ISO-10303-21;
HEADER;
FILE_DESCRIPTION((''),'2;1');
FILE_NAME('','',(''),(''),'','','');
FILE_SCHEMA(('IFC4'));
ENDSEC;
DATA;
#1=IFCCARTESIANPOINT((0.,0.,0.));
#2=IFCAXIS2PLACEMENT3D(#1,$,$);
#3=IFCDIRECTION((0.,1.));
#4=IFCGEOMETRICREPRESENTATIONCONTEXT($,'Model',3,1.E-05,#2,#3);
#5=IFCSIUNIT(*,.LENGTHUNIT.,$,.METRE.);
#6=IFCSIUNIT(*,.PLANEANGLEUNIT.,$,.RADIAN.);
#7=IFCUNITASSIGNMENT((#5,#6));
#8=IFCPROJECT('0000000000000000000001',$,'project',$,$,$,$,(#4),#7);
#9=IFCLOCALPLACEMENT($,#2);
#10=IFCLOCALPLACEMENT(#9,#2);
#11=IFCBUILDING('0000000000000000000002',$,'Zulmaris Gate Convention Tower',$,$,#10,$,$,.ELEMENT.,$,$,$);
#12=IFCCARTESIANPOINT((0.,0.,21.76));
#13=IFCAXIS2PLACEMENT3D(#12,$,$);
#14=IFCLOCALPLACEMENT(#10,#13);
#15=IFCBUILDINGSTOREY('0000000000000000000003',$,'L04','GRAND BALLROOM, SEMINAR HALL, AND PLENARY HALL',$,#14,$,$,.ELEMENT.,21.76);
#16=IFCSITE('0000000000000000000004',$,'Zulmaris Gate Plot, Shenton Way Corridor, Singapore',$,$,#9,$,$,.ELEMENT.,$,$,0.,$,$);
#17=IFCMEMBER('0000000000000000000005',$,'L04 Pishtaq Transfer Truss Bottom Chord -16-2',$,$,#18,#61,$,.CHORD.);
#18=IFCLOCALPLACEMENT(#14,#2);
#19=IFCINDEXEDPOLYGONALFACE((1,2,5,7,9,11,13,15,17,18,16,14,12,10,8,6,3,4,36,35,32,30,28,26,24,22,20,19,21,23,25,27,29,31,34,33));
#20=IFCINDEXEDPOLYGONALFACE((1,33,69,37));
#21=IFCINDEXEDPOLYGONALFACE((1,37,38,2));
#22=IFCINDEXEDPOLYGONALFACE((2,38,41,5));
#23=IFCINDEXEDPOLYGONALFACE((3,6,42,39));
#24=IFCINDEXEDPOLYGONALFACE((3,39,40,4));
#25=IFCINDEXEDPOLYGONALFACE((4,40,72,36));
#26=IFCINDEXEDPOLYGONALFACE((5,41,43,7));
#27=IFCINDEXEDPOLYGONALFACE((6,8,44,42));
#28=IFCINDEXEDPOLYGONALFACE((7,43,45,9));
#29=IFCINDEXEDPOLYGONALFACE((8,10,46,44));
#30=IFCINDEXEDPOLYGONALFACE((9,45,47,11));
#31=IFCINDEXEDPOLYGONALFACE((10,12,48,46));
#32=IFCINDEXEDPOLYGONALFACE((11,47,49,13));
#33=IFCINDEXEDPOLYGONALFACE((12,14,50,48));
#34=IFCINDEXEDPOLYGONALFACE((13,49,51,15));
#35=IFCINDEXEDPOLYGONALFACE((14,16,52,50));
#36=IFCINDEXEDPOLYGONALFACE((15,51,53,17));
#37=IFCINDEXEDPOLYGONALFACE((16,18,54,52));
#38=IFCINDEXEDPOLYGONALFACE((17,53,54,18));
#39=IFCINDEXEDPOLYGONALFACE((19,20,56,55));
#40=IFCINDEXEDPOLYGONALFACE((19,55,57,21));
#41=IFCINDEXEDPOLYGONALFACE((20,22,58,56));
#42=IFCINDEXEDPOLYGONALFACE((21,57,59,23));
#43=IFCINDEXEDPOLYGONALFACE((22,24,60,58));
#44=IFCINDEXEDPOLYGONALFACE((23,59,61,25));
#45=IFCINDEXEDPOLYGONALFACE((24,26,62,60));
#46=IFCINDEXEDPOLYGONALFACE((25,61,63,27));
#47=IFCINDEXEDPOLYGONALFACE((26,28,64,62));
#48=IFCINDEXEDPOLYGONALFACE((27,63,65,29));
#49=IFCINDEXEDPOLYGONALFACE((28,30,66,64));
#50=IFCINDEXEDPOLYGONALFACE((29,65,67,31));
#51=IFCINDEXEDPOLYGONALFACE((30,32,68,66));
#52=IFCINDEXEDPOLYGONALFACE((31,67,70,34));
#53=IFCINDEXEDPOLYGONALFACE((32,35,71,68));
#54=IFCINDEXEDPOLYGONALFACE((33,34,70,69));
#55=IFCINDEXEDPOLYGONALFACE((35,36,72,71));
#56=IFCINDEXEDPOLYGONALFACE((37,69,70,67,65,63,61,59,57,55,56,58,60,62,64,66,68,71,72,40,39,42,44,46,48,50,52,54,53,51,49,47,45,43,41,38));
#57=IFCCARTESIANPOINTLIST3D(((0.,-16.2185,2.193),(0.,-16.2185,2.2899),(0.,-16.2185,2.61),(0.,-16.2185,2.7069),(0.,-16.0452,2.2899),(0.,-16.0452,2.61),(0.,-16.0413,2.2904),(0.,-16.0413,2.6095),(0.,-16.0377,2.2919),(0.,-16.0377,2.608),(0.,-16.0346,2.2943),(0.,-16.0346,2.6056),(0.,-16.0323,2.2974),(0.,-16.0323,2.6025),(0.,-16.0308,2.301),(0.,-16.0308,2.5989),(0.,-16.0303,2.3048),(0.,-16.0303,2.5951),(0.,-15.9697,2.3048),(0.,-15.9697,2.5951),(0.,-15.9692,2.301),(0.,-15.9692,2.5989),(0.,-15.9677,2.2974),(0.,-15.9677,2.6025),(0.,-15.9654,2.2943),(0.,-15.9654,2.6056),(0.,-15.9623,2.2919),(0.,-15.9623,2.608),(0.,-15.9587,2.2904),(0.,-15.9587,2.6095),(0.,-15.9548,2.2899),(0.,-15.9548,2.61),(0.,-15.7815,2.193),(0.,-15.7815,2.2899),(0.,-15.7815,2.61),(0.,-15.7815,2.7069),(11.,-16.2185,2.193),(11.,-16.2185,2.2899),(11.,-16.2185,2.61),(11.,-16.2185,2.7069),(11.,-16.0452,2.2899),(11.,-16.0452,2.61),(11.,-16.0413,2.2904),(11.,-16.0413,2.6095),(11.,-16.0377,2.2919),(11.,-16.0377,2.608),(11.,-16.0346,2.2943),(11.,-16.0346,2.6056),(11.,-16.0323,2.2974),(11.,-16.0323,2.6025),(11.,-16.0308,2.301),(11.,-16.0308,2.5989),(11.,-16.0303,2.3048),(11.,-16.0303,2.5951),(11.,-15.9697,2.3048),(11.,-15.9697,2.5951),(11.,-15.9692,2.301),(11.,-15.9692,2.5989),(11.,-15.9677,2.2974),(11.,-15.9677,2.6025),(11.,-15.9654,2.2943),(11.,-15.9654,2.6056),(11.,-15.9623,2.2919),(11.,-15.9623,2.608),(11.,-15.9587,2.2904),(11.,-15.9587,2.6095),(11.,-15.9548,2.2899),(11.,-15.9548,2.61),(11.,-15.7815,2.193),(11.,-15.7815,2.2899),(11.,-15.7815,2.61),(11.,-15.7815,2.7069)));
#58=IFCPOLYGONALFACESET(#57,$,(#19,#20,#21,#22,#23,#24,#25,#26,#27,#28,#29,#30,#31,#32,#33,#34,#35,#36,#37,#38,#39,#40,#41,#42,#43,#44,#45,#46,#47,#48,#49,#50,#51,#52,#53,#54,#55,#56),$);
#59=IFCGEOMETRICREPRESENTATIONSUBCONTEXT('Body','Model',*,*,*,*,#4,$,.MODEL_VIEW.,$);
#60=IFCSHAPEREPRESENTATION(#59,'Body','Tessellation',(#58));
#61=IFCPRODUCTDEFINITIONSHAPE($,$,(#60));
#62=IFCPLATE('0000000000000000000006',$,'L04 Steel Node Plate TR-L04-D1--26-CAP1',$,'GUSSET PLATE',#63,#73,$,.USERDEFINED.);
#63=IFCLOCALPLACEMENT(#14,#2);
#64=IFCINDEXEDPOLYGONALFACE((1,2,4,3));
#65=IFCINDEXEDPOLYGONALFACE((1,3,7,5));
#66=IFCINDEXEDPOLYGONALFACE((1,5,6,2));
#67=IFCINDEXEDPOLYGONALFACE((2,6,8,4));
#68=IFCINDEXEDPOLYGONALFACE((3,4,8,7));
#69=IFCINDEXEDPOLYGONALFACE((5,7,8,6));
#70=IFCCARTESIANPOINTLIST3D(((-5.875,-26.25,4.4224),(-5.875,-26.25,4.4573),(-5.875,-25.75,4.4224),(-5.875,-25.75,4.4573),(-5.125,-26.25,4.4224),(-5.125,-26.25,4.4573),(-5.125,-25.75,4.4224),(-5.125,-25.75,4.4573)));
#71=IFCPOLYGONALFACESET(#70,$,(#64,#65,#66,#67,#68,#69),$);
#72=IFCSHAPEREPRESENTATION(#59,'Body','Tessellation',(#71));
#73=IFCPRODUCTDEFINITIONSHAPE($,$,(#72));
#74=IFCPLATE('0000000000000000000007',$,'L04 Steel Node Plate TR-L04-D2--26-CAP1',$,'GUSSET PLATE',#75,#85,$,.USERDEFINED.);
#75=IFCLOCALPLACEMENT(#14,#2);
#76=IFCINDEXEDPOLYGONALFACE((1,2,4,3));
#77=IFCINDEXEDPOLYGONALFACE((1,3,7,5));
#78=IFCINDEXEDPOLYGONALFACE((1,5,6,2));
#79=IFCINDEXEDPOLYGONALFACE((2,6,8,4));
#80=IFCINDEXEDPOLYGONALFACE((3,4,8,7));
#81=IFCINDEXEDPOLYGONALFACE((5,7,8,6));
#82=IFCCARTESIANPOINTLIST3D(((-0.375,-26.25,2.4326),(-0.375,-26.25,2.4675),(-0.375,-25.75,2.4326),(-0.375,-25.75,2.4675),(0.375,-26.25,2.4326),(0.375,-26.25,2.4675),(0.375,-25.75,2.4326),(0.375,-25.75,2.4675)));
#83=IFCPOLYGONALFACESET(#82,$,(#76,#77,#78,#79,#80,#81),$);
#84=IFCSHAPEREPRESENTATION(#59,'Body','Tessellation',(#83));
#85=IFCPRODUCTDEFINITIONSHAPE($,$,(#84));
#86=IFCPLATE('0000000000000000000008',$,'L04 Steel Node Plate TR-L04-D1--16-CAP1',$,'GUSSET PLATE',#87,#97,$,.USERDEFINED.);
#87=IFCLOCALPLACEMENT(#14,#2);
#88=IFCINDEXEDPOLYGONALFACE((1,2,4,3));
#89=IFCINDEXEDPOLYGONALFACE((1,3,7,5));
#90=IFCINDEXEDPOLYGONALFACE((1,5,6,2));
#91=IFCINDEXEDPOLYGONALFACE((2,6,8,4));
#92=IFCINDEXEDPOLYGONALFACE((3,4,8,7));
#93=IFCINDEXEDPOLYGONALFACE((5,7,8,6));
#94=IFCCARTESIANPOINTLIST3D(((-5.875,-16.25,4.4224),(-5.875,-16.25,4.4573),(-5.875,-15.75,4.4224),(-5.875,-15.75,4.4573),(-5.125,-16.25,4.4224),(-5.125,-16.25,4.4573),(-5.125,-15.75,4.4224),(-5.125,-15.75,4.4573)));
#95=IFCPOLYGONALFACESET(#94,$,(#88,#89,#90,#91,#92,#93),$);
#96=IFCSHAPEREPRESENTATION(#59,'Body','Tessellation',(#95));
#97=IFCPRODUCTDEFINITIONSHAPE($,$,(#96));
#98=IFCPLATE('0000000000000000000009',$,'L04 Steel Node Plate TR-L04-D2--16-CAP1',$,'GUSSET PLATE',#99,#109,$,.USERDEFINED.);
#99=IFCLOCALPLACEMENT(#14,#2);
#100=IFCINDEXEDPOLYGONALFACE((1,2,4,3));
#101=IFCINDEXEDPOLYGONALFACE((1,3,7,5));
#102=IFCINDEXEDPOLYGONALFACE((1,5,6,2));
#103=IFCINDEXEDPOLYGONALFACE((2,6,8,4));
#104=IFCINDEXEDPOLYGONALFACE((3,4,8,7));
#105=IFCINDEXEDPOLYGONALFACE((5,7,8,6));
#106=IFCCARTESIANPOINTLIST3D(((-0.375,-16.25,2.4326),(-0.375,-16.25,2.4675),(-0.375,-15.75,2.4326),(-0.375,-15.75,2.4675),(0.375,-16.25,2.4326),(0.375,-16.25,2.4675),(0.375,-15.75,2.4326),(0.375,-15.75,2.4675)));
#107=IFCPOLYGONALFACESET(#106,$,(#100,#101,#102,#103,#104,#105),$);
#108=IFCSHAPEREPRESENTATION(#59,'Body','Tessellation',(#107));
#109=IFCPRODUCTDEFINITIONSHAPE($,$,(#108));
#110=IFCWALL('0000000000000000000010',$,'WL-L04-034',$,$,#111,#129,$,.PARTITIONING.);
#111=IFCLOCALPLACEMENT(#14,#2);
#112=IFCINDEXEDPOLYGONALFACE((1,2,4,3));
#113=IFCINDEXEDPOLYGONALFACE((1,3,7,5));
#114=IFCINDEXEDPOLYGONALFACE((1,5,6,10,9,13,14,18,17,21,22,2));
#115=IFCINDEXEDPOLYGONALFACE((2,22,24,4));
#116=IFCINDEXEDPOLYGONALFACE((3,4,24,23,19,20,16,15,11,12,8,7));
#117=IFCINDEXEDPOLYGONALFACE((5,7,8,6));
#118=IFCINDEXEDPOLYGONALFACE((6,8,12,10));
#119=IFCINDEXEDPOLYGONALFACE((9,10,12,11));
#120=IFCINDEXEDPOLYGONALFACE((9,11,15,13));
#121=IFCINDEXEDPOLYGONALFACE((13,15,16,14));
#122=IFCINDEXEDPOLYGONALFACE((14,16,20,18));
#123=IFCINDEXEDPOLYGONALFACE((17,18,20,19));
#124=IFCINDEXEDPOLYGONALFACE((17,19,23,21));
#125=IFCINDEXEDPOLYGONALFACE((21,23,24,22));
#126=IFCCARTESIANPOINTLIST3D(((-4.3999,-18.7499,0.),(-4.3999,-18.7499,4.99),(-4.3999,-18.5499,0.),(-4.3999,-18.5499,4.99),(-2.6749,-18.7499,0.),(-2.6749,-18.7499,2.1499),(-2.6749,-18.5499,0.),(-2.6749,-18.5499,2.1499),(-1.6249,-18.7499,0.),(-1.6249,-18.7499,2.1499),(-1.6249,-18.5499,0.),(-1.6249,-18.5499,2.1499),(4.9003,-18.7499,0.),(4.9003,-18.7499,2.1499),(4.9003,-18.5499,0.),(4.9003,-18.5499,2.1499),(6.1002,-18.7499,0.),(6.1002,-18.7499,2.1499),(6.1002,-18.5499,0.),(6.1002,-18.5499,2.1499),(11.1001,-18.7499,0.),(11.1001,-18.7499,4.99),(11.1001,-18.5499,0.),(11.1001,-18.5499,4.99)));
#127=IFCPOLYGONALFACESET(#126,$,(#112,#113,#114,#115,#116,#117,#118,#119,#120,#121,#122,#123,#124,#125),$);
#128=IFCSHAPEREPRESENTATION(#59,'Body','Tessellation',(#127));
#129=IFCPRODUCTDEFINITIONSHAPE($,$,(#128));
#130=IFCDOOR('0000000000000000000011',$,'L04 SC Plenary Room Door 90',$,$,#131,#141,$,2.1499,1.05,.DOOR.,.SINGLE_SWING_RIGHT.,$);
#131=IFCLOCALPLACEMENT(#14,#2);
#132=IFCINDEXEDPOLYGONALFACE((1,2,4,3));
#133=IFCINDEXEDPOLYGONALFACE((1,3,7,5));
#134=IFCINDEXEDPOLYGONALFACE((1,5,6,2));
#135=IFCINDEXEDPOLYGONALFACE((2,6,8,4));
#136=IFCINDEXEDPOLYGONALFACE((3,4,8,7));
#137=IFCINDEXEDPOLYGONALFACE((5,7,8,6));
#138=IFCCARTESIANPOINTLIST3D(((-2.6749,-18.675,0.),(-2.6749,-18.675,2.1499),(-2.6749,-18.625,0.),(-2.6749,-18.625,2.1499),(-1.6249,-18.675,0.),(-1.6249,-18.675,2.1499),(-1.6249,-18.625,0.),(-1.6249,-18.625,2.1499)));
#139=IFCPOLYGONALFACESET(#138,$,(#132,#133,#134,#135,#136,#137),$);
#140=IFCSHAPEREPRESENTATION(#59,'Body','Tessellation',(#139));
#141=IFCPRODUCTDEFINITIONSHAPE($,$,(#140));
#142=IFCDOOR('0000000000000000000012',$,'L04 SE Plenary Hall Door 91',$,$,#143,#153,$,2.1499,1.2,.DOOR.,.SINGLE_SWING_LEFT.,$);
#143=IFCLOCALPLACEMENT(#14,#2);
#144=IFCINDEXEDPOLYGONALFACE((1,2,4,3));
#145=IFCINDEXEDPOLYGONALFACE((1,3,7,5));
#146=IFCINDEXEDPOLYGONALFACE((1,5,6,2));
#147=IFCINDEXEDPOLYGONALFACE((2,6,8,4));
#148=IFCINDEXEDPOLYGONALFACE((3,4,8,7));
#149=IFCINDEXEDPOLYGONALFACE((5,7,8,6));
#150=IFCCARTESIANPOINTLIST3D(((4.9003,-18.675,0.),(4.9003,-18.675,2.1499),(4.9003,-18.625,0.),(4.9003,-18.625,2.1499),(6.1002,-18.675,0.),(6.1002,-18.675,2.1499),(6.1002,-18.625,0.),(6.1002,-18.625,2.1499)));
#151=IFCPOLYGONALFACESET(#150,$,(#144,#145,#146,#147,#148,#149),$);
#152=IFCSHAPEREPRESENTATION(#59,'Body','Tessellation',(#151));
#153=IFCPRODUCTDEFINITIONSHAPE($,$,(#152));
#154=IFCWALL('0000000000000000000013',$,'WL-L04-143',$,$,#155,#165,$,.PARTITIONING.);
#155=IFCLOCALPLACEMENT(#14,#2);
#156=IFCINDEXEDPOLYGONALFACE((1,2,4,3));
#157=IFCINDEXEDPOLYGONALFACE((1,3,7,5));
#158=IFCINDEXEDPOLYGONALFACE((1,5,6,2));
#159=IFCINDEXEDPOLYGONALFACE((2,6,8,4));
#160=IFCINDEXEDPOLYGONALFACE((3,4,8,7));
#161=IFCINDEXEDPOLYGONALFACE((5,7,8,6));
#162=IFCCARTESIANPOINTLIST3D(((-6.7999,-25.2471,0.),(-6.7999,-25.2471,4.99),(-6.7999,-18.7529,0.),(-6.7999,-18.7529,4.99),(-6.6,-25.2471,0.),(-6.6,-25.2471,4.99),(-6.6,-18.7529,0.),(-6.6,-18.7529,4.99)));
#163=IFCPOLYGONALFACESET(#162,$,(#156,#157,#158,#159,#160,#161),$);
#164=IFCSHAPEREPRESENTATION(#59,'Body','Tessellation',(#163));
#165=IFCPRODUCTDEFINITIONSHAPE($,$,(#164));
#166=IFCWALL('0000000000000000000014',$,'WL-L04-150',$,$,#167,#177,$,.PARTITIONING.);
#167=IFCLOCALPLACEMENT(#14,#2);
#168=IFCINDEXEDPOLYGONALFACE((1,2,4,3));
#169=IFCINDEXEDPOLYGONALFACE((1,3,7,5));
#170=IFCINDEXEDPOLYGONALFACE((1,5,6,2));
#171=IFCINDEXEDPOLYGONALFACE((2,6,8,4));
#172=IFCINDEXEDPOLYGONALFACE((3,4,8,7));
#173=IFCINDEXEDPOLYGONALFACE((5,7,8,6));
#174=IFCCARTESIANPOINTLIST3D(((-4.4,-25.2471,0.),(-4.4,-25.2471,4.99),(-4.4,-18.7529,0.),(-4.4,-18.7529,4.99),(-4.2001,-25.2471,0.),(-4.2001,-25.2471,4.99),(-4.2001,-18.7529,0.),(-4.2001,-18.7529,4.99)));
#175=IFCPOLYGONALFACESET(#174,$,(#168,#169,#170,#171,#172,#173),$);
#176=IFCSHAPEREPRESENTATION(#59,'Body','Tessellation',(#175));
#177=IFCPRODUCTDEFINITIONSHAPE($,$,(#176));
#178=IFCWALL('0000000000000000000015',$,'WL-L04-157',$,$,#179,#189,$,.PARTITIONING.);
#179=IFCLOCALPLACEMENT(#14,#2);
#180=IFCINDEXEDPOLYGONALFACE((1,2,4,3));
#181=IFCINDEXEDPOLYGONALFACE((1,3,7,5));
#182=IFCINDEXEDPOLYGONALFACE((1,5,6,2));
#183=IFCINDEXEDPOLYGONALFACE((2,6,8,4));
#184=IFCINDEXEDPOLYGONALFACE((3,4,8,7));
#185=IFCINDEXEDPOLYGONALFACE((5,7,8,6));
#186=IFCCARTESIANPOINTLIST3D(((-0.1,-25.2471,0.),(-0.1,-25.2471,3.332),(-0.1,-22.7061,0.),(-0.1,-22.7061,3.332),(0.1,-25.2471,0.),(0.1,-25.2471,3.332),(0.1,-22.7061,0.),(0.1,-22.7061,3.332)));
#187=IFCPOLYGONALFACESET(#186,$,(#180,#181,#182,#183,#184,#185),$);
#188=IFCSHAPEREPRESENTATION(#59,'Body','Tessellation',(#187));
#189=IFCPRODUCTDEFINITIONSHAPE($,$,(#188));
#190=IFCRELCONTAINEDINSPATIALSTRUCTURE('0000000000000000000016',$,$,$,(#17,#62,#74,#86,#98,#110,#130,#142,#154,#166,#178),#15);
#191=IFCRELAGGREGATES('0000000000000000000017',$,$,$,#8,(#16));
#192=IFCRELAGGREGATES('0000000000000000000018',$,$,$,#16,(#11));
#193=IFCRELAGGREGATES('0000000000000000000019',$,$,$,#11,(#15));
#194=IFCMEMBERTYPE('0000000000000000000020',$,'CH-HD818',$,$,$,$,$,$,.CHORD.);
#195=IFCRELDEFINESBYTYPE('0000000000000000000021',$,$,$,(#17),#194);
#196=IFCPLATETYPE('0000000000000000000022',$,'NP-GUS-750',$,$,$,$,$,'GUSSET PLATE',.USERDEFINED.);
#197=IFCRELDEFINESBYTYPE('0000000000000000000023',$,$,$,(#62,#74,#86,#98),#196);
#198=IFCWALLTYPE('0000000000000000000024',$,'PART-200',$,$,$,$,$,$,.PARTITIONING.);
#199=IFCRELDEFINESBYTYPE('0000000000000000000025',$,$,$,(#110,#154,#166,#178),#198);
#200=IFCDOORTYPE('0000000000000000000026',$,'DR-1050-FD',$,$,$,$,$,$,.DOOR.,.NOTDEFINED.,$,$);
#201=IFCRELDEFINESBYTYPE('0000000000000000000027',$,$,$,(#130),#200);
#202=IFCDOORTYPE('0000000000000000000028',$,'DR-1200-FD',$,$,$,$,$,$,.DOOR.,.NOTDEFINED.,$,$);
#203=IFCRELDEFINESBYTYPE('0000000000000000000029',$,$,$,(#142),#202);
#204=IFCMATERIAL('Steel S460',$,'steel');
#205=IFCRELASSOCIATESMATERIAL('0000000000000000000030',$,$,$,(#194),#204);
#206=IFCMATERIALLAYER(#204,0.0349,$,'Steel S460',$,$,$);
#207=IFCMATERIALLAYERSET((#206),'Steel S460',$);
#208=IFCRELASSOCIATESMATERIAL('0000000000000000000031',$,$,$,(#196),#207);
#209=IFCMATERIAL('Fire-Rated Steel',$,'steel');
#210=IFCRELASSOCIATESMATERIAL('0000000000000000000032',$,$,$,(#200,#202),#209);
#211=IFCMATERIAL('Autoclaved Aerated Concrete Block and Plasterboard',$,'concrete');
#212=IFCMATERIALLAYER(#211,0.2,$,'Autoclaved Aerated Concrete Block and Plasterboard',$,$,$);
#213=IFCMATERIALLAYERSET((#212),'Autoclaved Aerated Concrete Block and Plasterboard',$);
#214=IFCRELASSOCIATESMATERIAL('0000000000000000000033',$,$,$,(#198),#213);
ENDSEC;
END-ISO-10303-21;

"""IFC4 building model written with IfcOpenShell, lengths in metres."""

from ifc_helpers import new_model, si_unit, direction, frame, frame_2d, origin, origin_2d, place, context, subcontext, project, spatial, rectangle, i_section, extrude, material, layer, layer_set, material_profile, profile_set, type_object, element, fill, save


model = new_model("IFC4")

# Units and contexts
model_context = context("Model", 3, precision=1e-05, world=origin(), true_north=direction((0.0, 1.0)))
body_context = subcontext(model_context, "Body", "Model", "MODEL_VIEW")
ifc_project = project(units=[si_unit("LENGTHUNIT", "METRE"), si_unit("PLANEANGLEUNIT", "RADIAN")], contexts=[model_context])

# Site, building, storey
site_placement = place(None, origin())
site = spatial("IfcSite", under=ifc_project, at=site_placement, Name="Zulmaris Gate Plot, Shenton Way Corridor, Singapore", CompositionType="ELEMENT", RefElevation=0.0)
building_placement = place(site_placement, origin())
building = spatial("IfcBuilding", under=site, at=building_placement, Name="Zulmaris Gate Convention Tower", CompositionType="ELEMENT")
storey_placement = place(building_placement, frame((0.0, 0.0, 21.76)))
storey = spatial("IfcBuildingStorey", under=building, at=storey_placement, Name="L04", Description="GRAND BALLROOM, SEMINAR HALL, AND PLENARY HALL", CompositionType="ELEMENT", Elevation=21.76)

# Member
ifc_material_1 = material(Name="Steel S460", Category="steel")
ifc_material_profile_1 = material_profile(ifc_material_1, i_section(OverallWidth=0.437, OverallDepth=0.5139, WebThickness=0.0605, FlangeThickness=0.0969, FilletRadius=0.0149, at=origin_2d()), Name="HD 400x818")
ifc_profile_set_1 = profile_set([ifc_material_profile_1], Name="Steel S460")
member_type_1 = type_object("IfcMemberType", Name="CH-HD818", PredefinedType="CHORD", material=ifc_profile_set_1)
for number, where, z_axis, x_axis, name in (
    (1, (0.0, -16.0, 2.45), (1.0, 0.0, 0.0), (0.0, 1.0, 0.0), "L04 Pishtaq Transfer Truss Bottom Chord -16-2"),
):
    element("IfcMember", number, at=place(storey_placement, frame(where, z_axis=z_axis, x_axis=x_axis)), inside=storey, type_object=member_type_1, Name=name, PredefinedType="CHORD", context=body_context, shape_type="SweptSolid", body=[
        extrude(i_section(OverallWidth=0.437, OverallDepth=0.5139, WebThickness=0.0605, FlangeThickness=0.0969, FilletRadius=0.0149, at=origin_2d()), origin(), (0.0, 0.0, 1.0), 11.0),
    ])

# Plates
ifc_layer_1 = layer(ifc_material_1, 0.0349, Name="Steel S460")
ifc_layer_set_1 = layer_set([ifc_layer_1], Name="Steel S460")
plate_type = type_object("IfcPlateType", Name="NP-GUS-750", ElementType="GUSSET PLATE", PredefinedType="USERDEFINED", material=ifc_layer_set_1)
for number, where, z_axis, x_axis, name in (
    (2, (-5.5, -26.0, 4.4224), (0.0, 0.0, 1.0), (1.0, 0.0, 0.0), "L04 Steel Node Plate TR-L04-D1--26-CAP1"),
    (3, (0.0, -26.0, 2.4326), (0.0, 0.0, 1.0), (1.0, 0.0, 0.0), "L04 Steel Node Plate TR-L04-D2--26-CAP1"),
    (4, (-5.5, -16.0, 4.4224), (0.0, 0.0, 1.0), (1.0, 0.0, 0.0), "L04 Steel Node Plate TR-L04-D1--16-CAP1"),
    (5, (0.0, -16.0, 2.4326), (0.0, 0.0, 1.0), (1.0, 0.0, 0.0), "L04 Steel Node Plate TR-L04-D2--16-CAP1"),
):
    element("IfcPlate", number, at=place(storey_placement, frame(where, z_axis=z_axis, x_axis=x_axis)), inside=storey, type_object=plate_type, Name=name, ObjectType="GUSSET PLATE", PredefinedType="USERDEFINED", context=body_context, shape_type="SweptSolid", body=[
        extrude(rectangle(XDim=0.75, YDim=0.5, at=origin_2d()), origin(), (0.0, 0.0, 1.0), 0.0349),
    ])

# Shared definitions
ifc_material_2 = material(Name="Fire-Rated Steel", Category="steel")
door_type_1 = type_object("IfcDoorType", Name="DR-1050-FD", OperationType="NOTDEFINED", PredefinedType="DOOR", material=ifc_material_2)

# Wall, openings, doors
ifc_material_3 = material(Name="Autoclaved Aerated Concrete Block and Plasterboard", Category="concrete")
ifc_layer_2 = layer(ifc_material_3, 0.2, Name="Autoclaved Aerated Concrete Block and Plasterboard")
ifc_layer_set_2 = layer_set([ifc_layer_2], Name="Autoclaved Aerated Concrete Block and Plasterboard")
wall_type_1 = type_object("IfcWallType", Name="PART-200", PredefinedType="PARTITIONING", material=ifc_layer_set_2)
wall_1_placement = place(storey_placement, frame((-4.3999, -18.6499, 0.0), z_axis=(0.0, 0.0, 1.0), x_axis=(1.0, 0.0, 0.0)))
wall_1 = element("IfcWall", 6, at=wall_1_placement, inside=storey, type_object=wall_type_1, Name="WL-L04-034", PredefinedType="PARTITIONING", context=body_context, shape_type="SweptSolid", body=[
    extrude(rectangle(XDim=15.5, YDim=0.2, at=frame_2d((7.75, 0.0))), origin(), (0.0, 0.0, 1.0), 4.99),
])
opening_1_placement = place(wall_1_placement, frame((1.7251, 0.0, 0.0)))
opening_1 = element("IfcOpeningElement", 7, at=opening_1_placement, cuts=wall_1, PredefinedType="OPENING", context=body_context, shape_type="SweptSolid", body=[
    extrude(rectangle(XDim=1.05, YDim=2.1499, at=frame_2d((0.5249, 1.075))), frame((0.0, 0.1099, 0.0), z_axis=(0.0, -1.0, 0.0), x_axis=(1.0, 0.0, 0.0)), (0.0, 0.0, 1.0), 0.22),
])
opening_2_placement = place(wall_1_placement, frame((9.3, 0.0, 0.0)))
opening_2 = element("IfcOpeningElement", 8, at=opening_2_placement, cuts=wall_1, PredefinedType="OPENING", context=body_context, shape_type="SweptSolid", body=[
    extrude(rectangle(XDim=1.2, YDim=2.1499, at=frame_2d((0.6001, 1.075))), frame((0.0, 0.1099, 0.0), z_axis=(0.0, -1.0, 0.0), x_axis=(1.0, 0.0, 0.0)), (0.0, 0.0, 1.0), 0.22),
])
door_1_placement = place(opening_1_placement, origin())
door_1 = element("IfcDoor", 9, at=door_1_placement, inside=storey, type_object=door_type_1, Name="L04 SC Plenary Room Door 90", OperationType="SINGLE_SWING_RIGHT", OverallHeight=2.1499, OverallWidth=1.05, PredefinedType="DOOR", context=body_context, shape_type="SweptSolid", body=[
    extrude(rectangle(XDim=1.05, YDim=2.1499, at=frame_2d((0.5249, 1.075))), frame((0.0, 0.0249, 0.0), z_axis=(0.0, -1.0, 0.0), x_axis=(1.0, 0.0, 0.0)), (0.0, 0.0, 1.0), 0.05),
])
fill(opening_1, door_1)
door_type_2 = type_object("IfcDoorType", Name="DR-1200-FD", OperationType="NOTDEFINED", PredefinedType="DOOR", material=ifc_material_2)
door_2_placement = place(opening_2_placement, origin())
door_2 = element("IfcDoor", 10, at=door_2_placement, inside=storey, type_object=door_type_2, Name="L04 SE Plenary Hall Door 91", OperationType="SINGLE_SWING_LEFT", OverallHeight=2.1499, OverallWidth=1.2, PredefinedType="DOOR", context=body_context, shape_type="SweptSolid", body=[
    extrude(rectangle(XDim=1.2, YDim=2.1499, at=frame_2d((0.6001, 1.075))), frame((0.0, 0.0249, 0.0), z_axis=(0.0, -1.0, 0.0), x_axis=(1.0, 0.0, 0.0)), (0.0, 0.0, 1.0), 0.05),
])
fill(opening_2, door_2)

# Walls
for number, where, z_axis, x_axis, name in (
    (11, (-6.7, -25.2471, 0.0), (0.0, 0.0, 1.0), (0.0, 1.0, 0.0), "WL-L04-143"),
    (12, (-4.3, -25.2471, 0.0), (0.0, 0.0, 1.0), (0.0, 1.0, 0.0), "WL-L04-150"),
):
    element("IfcWall", number, at=place(storey_placement, frame(where, z_axis=z_axis, x_axis=x_axis)), inside=storey, type_object=wall_type_1, Name=name, PredefinedType="PARTITIONING", context=body_context, shape_type="SweptSolid", body=[
        extrude(rectangle(XDim=6.4941, YDim=0.2, at=frame_2d((3.2471, 0.0))), origin(), (0.0, 0.0, 1.0), 4.99),
    ])
for number, where, z_axis, x_axis, name in (
    (13, (0.0, -25.2471, 0.0), (0.0, 0.0, 1.0), (0.0, 1.0, 0.0), "WL-L04-157"),
):
    element("IfcWall", number, at=place(storey_placement, frame(where, z_axis=z_axis, x_axis=x_axis)), inside=storey, type_object=wall_type_1, Name=name, PredefinedType="PARTITIONING", context=body_context, shape_type="SweptSolid", body=[
        extrude(rectangle(XDim=2.541, YDim=0.2, at=frame_2d((1.2705, 0.0))), origin(), (0.0, 0.0, 1.0), 3.332),
    ])

save(model, "model.ifc")
